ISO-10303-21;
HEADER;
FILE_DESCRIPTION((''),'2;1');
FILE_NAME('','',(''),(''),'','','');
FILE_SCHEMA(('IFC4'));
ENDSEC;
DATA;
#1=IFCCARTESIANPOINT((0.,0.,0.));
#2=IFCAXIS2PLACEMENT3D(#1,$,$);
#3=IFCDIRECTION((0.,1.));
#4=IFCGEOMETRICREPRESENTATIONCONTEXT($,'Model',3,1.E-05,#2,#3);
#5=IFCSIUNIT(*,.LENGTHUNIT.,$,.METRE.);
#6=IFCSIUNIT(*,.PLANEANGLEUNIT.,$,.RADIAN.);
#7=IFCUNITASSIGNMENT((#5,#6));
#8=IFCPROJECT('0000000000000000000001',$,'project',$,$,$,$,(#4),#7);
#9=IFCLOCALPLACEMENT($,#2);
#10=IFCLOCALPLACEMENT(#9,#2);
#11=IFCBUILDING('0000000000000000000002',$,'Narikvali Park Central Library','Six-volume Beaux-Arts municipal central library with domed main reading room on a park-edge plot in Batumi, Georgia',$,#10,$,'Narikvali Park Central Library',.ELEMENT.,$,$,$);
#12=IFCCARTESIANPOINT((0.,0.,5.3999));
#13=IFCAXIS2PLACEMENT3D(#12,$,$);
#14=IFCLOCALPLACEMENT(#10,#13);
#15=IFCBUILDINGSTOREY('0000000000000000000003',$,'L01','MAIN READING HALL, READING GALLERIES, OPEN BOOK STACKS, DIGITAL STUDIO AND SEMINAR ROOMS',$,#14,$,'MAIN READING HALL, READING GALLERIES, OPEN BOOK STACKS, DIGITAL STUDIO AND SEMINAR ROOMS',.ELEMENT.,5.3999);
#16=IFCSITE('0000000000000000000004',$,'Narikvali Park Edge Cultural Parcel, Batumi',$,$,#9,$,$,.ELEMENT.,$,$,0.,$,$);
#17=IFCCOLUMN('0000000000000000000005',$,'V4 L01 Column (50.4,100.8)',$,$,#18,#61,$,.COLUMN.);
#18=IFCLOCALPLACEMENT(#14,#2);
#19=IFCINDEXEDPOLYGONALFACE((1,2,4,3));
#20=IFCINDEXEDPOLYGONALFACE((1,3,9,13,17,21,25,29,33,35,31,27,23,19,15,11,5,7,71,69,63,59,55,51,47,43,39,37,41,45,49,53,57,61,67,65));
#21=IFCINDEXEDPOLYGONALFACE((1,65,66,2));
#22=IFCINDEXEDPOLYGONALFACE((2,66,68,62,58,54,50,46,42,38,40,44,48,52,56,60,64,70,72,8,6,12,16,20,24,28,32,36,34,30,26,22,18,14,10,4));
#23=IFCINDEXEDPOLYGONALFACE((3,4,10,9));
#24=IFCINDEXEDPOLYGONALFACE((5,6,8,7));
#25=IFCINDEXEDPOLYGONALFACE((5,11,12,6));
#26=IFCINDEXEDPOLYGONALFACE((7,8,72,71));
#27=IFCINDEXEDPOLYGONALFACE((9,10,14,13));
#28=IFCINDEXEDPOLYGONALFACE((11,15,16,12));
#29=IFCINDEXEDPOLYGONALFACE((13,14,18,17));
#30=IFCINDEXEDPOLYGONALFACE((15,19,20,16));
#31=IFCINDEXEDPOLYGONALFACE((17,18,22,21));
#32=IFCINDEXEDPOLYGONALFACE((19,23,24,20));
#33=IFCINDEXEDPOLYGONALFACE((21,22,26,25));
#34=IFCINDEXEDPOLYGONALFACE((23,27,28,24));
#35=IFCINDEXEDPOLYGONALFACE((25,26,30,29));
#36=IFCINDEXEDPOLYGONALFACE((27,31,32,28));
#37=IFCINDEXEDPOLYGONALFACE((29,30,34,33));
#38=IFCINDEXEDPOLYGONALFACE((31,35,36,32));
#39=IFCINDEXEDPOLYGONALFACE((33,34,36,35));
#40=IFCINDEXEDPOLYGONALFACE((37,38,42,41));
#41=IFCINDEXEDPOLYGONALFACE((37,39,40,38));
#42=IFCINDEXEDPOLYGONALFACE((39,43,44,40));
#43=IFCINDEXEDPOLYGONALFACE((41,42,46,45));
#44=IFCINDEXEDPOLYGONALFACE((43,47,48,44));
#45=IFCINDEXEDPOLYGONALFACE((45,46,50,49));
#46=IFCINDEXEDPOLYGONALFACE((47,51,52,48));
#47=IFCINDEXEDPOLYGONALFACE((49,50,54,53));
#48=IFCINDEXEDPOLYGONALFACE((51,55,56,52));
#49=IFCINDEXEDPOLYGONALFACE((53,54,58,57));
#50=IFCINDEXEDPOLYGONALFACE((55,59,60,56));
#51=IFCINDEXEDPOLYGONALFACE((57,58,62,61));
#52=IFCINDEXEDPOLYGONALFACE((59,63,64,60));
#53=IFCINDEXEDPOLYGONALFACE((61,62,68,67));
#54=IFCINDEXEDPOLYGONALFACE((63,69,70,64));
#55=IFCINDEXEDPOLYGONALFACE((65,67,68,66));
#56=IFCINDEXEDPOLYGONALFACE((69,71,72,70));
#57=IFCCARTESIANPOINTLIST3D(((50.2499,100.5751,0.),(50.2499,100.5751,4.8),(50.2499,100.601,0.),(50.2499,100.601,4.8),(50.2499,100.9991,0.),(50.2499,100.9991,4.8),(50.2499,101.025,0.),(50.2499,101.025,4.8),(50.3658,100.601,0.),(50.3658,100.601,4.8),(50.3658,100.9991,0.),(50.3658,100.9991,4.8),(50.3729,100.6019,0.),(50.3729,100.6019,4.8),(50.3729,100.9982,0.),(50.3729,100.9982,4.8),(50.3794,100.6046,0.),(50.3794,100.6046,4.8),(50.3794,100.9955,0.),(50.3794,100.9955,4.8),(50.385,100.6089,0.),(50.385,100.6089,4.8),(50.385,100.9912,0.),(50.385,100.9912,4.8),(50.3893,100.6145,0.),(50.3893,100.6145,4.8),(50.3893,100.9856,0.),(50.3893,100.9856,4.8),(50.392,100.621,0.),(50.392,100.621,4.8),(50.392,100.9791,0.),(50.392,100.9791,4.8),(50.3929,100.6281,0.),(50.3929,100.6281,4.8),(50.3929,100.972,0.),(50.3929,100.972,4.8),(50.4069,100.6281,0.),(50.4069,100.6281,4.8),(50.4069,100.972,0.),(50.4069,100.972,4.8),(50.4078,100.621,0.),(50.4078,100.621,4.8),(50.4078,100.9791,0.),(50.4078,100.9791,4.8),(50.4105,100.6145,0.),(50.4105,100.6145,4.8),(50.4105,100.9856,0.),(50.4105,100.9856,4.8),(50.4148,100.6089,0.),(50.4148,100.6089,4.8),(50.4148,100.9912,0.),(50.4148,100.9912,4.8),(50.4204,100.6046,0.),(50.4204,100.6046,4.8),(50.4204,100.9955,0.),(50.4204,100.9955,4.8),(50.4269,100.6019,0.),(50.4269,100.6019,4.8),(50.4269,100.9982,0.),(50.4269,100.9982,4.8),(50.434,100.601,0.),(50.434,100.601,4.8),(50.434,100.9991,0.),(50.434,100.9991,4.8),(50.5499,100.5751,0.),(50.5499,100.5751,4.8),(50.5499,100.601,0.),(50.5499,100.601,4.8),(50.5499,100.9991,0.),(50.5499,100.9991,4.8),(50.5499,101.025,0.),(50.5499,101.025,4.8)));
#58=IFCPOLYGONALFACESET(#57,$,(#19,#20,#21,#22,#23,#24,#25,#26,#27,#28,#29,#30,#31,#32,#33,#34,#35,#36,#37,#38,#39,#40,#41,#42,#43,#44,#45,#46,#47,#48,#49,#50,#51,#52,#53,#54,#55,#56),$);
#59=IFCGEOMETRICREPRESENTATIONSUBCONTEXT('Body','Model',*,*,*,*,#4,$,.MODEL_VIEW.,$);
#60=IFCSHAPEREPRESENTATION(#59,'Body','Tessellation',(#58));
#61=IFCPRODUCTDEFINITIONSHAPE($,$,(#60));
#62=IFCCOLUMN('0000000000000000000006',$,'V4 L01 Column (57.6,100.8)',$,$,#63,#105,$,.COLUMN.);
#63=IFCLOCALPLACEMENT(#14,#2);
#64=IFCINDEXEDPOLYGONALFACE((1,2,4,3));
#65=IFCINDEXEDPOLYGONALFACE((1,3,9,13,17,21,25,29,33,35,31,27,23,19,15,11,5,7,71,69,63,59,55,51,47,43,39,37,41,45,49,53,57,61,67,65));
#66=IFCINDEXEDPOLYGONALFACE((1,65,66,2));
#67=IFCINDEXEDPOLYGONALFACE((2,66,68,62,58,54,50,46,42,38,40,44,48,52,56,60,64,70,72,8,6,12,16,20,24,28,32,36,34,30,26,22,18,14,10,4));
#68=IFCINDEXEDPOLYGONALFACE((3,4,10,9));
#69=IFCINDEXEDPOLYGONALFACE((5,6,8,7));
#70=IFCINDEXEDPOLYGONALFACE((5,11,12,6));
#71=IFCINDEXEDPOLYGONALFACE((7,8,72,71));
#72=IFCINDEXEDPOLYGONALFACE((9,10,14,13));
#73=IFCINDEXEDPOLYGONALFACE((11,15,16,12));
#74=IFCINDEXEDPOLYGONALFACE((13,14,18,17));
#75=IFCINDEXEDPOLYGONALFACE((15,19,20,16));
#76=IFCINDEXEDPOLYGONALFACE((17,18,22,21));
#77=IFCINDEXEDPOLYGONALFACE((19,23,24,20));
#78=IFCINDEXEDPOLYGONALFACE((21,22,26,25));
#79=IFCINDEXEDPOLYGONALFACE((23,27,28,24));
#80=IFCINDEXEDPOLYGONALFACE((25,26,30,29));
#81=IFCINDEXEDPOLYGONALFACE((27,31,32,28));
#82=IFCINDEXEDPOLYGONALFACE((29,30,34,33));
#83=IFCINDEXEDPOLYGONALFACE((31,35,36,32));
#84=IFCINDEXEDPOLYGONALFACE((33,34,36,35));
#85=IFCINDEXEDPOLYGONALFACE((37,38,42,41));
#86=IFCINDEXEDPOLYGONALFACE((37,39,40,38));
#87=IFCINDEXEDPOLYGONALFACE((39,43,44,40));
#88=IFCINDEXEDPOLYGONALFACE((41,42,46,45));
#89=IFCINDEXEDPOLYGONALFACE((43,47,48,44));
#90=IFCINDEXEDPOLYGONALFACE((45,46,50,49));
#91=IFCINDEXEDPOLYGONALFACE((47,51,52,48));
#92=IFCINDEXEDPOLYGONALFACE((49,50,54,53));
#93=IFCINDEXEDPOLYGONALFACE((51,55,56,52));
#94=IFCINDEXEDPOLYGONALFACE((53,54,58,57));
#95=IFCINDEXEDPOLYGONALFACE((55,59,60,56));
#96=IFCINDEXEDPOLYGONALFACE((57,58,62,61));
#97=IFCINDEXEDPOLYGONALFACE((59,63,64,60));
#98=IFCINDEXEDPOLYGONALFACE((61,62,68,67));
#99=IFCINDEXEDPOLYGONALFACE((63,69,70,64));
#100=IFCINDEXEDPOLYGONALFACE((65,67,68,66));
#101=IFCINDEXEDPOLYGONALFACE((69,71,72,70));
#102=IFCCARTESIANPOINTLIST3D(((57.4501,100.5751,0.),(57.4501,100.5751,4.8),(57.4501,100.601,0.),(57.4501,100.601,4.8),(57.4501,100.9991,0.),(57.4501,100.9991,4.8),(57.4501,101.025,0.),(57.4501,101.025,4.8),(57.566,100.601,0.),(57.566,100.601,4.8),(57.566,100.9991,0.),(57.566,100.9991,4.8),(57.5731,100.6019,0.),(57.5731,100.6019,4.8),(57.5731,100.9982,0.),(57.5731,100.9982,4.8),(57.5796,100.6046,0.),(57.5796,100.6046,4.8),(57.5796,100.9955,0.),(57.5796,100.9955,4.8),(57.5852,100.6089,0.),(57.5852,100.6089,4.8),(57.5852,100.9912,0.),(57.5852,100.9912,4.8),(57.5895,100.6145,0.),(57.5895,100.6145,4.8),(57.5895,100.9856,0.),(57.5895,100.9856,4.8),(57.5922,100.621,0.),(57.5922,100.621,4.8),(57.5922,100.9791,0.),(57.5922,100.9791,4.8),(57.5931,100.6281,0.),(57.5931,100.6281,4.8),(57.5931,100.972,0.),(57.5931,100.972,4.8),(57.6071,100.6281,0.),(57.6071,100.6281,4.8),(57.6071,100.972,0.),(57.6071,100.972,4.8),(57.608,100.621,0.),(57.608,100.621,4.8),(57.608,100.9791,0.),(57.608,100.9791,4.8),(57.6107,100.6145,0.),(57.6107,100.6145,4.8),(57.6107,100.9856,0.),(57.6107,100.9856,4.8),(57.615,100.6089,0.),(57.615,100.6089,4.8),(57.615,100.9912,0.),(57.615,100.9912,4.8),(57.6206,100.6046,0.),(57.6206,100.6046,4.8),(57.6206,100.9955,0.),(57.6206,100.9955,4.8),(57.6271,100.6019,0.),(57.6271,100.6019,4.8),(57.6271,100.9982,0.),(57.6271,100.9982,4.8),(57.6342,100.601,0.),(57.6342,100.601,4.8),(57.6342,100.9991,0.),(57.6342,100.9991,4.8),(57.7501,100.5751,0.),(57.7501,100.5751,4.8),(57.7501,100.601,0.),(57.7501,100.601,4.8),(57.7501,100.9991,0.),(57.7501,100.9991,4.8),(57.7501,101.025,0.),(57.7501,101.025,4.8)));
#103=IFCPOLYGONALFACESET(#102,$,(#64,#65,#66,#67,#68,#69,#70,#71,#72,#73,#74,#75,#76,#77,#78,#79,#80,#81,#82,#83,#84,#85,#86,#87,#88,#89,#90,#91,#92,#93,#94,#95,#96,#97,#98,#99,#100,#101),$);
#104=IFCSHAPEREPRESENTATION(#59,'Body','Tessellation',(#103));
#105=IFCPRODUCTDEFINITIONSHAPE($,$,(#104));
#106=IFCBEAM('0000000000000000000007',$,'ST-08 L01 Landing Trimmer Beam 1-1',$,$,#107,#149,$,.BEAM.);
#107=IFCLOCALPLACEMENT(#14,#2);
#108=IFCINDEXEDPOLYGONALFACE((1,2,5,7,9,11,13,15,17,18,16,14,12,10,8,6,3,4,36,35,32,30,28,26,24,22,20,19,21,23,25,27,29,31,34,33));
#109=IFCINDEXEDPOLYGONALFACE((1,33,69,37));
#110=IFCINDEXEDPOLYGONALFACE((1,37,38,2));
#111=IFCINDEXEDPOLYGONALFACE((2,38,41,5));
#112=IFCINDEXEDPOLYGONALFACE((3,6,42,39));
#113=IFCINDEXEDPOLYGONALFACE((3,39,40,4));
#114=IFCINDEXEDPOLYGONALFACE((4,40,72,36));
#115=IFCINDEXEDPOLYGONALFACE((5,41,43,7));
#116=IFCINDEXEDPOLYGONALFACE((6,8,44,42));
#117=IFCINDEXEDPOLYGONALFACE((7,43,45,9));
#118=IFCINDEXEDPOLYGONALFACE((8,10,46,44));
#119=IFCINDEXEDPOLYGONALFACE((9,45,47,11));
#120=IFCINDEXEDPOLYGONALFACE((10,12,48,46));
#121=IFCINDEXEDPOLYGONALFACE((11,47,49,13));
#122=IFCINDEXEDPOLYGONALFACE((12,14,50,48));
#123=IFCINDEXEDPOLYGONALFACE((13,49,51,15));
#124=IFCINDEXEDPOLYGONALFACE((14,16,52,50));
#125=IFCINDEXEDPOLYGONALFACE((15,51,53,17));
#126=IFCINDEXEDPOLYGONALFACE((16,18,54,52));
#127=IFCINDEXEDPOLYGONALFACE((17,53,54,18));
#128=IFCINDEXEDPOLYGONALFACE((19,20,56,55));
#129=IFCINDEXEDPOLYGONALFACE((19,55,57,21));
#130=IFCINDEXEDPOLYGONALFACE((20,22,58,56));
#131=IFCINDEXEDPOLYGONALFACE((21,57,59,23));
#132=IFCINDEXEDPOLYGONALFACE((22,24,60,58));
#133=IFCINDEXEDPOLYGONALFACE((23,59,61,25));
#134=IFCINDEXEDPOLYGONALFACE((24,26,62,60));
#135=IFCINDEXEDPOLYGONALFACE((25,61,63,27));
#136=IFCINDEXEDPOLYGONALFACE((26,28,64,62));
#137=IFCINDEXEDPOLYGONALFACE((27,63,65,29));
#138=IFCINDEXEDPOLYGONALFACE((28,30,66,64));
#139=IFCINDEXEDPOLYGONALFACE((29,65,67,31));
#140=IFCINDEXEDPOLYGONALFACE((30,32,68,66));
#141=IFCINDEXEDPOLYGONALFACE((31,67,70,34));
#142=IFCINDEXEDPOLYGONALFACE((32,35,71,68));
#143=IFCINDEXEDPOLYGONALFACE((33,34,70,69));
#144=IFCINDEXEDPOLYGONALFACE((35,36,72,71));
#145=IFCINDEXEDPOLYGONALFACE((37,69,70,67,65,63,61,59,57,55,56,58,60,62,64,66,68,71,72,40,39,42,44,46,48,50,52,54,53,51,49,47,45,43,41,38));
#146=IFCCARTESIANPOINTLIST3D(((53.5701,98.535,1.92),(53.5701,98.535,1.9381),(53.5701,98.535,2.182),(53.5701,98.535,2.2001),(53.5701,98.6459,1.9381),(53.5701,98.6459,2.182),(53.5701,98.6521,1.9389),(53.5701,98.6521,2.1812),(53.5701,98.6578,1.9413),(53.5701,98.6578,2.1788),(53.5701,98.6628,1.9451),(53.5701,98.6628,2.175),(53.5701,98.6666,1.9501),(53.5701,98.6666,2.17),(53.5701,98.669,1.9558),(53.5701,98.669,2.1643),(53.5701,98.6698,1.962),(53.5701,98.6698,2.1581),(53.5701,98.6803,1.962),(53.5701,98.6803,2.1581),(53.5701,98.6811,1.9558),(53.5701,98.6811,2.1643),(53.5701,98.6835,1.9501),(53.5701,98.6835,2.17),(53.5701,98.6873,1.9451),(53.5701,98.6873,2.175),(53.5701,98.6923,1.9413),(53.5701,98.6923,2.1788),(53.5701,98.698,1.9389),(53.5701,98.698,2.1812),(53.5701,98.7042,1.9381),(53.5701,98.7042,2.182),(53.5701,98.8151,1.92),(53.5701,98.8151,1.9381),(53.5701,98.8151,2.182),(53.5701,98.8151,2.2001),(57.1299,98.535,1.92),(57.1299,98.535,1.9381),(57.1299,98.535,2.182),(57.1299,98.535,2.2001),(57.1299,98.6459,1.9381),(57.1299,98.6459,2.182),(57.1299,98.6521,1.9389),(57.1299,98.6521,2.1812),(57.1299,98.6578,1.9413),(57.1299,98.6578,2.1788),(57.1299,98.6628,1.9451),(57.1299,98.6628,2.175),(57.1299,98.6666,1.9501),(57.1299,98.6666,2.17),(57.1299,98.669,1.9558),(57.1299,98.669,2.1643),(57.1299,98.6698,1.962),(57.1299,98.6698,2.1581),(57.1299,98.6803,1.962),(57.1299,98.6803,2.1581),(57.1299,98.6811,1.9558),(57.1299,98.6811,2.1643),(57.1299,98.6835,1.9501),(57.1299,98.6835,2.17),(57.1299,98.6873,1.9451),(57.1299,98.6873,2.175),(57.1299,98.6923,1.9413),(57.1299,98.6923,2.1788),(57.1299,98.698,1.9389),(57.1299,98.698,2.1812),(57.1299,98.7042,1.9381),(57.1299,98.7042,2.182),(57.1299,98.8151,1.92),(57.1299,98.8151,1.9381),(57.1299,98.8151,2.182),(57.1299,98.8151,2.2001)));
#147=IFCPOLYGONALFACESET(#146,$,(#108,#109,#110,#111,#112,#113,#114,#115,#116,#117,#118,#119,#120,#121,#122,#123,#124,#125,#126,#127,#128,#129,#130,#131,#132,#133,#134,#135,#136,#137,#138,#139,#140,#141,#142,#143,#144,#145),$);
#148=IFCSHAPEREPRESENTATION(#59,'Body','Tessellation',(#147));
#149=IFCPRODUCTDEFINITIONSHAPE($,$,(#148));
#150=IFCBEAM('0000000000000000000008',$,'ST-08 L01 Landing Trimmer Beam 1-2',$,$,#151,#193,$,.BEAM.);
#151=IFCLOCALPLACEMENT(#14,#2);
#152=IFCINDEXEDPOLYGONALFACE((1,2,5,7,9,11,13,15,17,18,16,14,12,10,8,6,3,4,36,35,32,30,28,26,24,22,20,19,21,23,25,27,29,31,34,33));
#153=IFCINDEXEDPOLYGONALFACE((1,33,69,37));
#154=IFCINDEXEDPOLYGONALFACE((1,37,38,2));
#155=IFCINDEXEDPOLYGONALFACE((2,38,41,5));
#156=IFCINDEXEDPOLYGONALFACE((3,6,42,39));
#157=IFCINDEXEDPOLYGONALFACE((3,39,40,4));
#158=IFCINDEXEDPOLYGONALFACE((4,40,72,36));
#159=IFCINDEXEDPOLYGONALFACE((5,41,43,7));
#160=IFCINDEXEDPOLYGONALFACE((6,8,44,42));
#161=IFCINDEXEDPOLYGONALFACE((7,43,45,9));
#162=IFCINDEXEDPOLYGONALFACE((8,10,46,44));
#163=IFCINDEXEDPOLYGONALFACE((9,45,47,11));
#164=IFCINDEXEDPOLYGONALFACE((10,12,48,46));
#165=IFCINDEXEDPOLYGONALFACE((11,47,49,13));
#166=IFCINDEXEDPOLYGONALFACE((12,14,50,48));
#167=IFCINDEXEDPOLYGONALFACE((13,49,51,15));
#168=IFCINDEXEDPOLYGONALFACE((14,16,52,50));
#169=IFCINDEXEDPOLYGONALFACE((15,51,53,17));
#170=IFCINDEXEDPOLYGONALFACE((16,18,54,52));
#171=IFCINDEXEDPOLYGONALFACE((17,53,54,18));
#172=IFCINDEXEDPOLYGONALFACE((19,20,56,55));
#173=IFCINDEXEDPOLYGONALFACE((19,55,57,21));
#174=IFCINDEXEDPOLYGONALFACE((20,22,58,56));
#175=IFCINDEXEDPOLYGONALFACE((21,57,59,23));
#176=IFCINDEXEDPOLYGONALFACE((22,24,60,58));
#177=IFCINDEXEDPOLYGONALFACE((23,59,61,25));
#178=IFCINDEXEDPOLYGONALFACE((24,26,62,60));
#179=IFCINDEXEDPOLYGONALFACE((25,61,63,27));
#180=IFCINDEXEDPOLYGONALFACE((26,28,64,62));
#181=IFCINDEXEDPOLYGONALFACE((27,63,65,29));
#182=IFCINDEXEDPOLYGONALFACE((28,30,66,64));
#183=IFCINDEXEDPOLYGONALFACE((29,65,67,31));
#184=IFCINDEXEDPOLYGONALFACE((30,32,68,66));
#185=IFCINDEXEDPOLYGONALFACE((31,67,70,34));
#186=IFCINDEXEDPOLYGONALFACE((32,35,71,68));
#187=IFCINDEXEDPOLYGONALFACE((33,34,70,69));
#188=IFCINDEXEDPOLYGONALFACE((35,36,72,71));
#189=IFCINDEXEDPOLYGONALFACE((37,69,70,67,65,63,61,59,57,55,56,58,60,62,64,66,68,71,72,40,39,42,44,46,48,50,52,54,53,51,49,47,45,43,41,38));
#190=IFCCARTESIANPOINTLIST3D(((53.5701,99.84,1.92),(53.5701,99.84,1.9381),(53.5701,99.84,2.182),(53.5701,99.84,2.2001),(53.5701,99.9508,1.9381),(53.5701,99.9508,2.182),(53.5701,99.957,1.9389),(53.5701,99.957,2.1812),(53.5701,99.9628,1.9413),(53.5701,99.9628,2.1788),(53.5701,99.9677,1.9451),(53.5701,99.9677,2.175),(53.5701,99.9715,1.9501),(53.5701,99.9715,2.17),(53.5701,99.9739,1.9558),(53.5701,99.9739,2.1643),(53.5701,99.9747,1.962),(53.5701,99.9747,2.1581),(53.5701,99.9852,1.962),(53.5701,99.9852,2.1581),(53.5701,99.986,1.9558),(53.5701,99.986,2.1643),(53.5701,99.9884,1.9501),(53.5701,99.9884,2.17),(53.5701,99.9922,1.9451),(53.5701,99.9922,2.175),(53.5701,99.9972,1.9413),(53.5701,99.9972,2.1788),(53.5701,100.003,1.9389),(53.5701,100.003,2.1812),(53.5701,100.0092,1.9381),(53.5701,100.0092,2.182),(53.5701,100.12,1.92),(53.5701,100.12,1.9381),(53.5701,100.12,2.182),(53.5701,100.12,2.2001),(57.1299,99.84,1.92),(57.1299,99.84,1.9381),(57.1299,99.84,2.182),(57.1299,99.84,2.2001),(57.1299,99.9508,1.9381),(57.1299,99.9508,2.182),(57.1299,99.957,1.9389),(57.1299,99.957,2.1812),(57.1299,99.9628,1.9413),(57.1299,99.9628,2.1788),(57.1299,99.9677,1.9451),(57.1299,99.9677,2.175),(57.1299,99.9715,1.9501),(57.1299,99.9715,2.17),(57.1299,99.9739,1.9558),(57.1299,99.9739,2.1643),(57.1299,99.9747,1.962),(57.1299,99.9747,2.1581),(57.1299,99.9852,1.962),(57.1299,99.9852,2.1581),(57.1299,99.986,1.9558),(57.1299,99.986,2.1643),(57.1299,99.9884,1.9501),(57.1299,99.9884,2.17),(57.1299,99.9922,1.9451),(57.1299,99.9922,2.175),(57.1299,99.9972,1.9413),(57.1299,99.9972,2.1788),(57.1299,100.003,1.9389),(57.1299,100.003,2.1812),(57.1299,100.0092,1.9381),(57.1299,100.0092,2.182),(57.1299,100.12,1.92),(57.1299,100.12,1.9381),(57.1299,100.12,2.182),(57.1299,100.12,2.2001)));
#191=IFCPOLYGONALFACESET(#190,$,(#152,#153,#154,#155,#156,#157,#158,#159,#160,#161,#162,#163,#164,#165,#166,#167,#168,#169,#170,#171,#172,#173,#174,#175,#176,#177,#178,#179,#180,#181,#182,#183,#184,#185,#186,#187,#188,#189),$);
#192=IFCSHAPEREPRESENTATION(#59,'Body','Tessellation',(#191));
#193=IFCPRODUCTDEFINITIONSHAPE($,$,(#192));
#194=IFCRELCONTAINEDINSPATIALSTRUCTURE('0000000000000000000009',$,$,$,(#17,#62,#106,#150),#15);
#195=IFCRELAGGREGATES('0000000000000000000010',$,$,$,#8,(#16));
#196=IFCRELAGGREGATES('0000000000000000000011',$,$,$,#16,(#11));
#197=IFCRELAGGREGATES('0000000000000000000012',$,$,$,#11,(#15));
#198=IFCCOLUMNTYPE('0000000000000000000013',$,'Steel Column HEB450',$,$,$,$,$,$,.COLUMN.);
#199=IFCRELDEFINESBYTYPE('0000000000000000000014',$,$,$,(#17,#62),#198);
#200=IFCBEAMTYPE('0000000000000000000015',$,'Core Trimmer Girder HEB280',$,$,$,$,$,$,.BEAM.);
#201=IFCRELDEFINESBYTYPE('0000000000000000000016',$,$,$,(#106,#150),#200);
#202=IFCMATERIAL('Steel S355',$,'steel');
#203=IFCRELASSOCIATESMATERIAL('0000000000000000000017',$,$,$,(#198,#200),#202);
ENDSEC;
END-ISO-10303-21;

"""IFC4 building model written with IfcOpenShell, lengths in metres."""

from ifc_helpers import new_model, si_unit, direction, frame, origin, origin_2d, place, context, subcontext, project, spatial, i_section, extrude, material, material_profile, profile_set, type_object, element, save


model = new_model("IFC4")

# Units and contexts
model_context = context("Model", 3, precision=1e-05, world=origin(), true_north=direction((0.0, 1.0)))
body_context = subcontext(model_context, "Body", "Model", "MODEL_VIEW")
ifc_project = project(units=[si_unit("LENGTHUNIT", "METRE"), si_unit("PLANEANGLEUNIT", "RADIAN")], contexts=[model_context])

# Site, building, storey
site_placement = place(None, origin())
site = spatial("IfcSite", under=ifc_project, at=site_placement, Name="Narikvali Park Edge Cultural Parcel, Batumi", CompositionType="ELEMENT", RefElevation=0.0)
building_placement = place(site_placement, origin())
building = spatial("IfcBuilding", under=site, at=building_placement, Name="Narikvali Park Central Library", Description="Six-volume Beaux-Arts municipal central library with domed main reading room on a park-edge plot in Batumi, Georgia", LongName="Narikvali Park Central Library", CompositionType="ELEMENT")
storey_placement = place(building_placement, frame((0.0, 0.0, 5.3999)))
storey = spatial("IfcBuildingStorey", under=building, at=storey_placement, Name="L01", Description="MAIN READING HALL, READING GALLERIES, OPEN BOOK STACKS, DIGITAL STUDIO AND SEMINAR ROOMS", LongName="MAIN READING HALL, READING GALLERIES, OPEN BOOK STACKS, DIGITAL STUDIO AND SEMINAR ROOMS", CompositionType="ELEMENT", Elevation=5.3999)

# Columns
ifc_material_1 = material(Name="Steel S355", Category="steel")
ifc_material_profile_1 = material_profile(ifc_material_1, i_section(OverallWidth=0.3, OverallDepth=0.45, WebThickness=0.0139, FlangeThickness=0.0259, FilletRadius=0.0271, at=origin_2d()), Name="HEB 450")
ifc_profile_set_1 = profile_set([ifc_material_profile_1], Name="Steel S355")
column_type = type_object("IfcColumnType", Name="Steel Column HEB450", PredefinedType="COLUMN", material=ifc_profile_set_1)
for number, where, z_axis, x_axis, name in (
    (1, (50.3999, 100.8, 0.0), (0.0, 0.0, 1.0), (1.0, 0.0, 0.0), "V4 L01 Column (50.4,100.8)"),
    (2, (57.6001, 100.8, 0.0), (0.0, 0.0, 1.0), (1.0, 0.0, 0.0), "V4 L01 Column (57.6,100.8)"),
):
    element("IfcColumn", number, at=place(storey_placement, frame(where, z_axis=z_axis, x_axis=x_axis)), inside=storey, type_object=column_type, Name=name, PredefinedType="COLUMN", context=body_context, shape_type="SweptSolid", body=[
        extrude(i_section(OverallWidth=0.3, OverallDepth=0.45, WebThickness=0.0139, FlangeThickness=0.0259, FilletRadius=0.0271, at=origin_2d()), origin(), (0.0, 0.0, 1.0), 4.8),
    ])

# Beams
ifc_material_profile_2 = material_profile(ifc_material_1, i_section(OverallWidth=0.28, OverallDepth=0.28, WebThickness=0.0105, FlangeThickness=0.0181, FilletRadius=0.0239, at=origin_2d()), Name="HEB 280")
ifc_profile_set_2 = profile_set([ifc_material_profile_2], Name="Steel S355")
beam_type_1 = type_object("IfcBeamType", Name="Core Trimmer Girder HEB280", PredefinedType="BEAM", material=ifc_profile_set_2)
for number, where, z_axis, x_axis, name in (
    (3, (53.5701, 98.675, 2.0601), (1.0, 0.0, 0.0), (0.0, 1.0, 0.0), "ST-08 L01 Landing Trimmer Beam 1-1"),
    (4, (53.5701, 99.98, 2.0601), (1.0, 0.0, 0.0), (0.0, 1.0, 0.0), "ST-08 L01 Landing Trimmer Beam 1-2"),
):
    element("IfcBeam", number, at=place(storey_placement, frame(where, z_axis=z_axis, x_axis=x_axis)), inside=storey, type_object=beam_type_1, Name=name, PredefinedType="BEAM", context=body_context, shape_type="SweptSolid", body=[
        extrude(i_section(OverallWidth=0.28, OverallDepth=0.28, WebThickness=0.0105, FlangeThickness=0.0181, FilletRadius=0.0239, at=origin_2d()), origin(), (0.0, 0.0, 1.0), 3.5598),
    ])

save(model, "model.ifc")
